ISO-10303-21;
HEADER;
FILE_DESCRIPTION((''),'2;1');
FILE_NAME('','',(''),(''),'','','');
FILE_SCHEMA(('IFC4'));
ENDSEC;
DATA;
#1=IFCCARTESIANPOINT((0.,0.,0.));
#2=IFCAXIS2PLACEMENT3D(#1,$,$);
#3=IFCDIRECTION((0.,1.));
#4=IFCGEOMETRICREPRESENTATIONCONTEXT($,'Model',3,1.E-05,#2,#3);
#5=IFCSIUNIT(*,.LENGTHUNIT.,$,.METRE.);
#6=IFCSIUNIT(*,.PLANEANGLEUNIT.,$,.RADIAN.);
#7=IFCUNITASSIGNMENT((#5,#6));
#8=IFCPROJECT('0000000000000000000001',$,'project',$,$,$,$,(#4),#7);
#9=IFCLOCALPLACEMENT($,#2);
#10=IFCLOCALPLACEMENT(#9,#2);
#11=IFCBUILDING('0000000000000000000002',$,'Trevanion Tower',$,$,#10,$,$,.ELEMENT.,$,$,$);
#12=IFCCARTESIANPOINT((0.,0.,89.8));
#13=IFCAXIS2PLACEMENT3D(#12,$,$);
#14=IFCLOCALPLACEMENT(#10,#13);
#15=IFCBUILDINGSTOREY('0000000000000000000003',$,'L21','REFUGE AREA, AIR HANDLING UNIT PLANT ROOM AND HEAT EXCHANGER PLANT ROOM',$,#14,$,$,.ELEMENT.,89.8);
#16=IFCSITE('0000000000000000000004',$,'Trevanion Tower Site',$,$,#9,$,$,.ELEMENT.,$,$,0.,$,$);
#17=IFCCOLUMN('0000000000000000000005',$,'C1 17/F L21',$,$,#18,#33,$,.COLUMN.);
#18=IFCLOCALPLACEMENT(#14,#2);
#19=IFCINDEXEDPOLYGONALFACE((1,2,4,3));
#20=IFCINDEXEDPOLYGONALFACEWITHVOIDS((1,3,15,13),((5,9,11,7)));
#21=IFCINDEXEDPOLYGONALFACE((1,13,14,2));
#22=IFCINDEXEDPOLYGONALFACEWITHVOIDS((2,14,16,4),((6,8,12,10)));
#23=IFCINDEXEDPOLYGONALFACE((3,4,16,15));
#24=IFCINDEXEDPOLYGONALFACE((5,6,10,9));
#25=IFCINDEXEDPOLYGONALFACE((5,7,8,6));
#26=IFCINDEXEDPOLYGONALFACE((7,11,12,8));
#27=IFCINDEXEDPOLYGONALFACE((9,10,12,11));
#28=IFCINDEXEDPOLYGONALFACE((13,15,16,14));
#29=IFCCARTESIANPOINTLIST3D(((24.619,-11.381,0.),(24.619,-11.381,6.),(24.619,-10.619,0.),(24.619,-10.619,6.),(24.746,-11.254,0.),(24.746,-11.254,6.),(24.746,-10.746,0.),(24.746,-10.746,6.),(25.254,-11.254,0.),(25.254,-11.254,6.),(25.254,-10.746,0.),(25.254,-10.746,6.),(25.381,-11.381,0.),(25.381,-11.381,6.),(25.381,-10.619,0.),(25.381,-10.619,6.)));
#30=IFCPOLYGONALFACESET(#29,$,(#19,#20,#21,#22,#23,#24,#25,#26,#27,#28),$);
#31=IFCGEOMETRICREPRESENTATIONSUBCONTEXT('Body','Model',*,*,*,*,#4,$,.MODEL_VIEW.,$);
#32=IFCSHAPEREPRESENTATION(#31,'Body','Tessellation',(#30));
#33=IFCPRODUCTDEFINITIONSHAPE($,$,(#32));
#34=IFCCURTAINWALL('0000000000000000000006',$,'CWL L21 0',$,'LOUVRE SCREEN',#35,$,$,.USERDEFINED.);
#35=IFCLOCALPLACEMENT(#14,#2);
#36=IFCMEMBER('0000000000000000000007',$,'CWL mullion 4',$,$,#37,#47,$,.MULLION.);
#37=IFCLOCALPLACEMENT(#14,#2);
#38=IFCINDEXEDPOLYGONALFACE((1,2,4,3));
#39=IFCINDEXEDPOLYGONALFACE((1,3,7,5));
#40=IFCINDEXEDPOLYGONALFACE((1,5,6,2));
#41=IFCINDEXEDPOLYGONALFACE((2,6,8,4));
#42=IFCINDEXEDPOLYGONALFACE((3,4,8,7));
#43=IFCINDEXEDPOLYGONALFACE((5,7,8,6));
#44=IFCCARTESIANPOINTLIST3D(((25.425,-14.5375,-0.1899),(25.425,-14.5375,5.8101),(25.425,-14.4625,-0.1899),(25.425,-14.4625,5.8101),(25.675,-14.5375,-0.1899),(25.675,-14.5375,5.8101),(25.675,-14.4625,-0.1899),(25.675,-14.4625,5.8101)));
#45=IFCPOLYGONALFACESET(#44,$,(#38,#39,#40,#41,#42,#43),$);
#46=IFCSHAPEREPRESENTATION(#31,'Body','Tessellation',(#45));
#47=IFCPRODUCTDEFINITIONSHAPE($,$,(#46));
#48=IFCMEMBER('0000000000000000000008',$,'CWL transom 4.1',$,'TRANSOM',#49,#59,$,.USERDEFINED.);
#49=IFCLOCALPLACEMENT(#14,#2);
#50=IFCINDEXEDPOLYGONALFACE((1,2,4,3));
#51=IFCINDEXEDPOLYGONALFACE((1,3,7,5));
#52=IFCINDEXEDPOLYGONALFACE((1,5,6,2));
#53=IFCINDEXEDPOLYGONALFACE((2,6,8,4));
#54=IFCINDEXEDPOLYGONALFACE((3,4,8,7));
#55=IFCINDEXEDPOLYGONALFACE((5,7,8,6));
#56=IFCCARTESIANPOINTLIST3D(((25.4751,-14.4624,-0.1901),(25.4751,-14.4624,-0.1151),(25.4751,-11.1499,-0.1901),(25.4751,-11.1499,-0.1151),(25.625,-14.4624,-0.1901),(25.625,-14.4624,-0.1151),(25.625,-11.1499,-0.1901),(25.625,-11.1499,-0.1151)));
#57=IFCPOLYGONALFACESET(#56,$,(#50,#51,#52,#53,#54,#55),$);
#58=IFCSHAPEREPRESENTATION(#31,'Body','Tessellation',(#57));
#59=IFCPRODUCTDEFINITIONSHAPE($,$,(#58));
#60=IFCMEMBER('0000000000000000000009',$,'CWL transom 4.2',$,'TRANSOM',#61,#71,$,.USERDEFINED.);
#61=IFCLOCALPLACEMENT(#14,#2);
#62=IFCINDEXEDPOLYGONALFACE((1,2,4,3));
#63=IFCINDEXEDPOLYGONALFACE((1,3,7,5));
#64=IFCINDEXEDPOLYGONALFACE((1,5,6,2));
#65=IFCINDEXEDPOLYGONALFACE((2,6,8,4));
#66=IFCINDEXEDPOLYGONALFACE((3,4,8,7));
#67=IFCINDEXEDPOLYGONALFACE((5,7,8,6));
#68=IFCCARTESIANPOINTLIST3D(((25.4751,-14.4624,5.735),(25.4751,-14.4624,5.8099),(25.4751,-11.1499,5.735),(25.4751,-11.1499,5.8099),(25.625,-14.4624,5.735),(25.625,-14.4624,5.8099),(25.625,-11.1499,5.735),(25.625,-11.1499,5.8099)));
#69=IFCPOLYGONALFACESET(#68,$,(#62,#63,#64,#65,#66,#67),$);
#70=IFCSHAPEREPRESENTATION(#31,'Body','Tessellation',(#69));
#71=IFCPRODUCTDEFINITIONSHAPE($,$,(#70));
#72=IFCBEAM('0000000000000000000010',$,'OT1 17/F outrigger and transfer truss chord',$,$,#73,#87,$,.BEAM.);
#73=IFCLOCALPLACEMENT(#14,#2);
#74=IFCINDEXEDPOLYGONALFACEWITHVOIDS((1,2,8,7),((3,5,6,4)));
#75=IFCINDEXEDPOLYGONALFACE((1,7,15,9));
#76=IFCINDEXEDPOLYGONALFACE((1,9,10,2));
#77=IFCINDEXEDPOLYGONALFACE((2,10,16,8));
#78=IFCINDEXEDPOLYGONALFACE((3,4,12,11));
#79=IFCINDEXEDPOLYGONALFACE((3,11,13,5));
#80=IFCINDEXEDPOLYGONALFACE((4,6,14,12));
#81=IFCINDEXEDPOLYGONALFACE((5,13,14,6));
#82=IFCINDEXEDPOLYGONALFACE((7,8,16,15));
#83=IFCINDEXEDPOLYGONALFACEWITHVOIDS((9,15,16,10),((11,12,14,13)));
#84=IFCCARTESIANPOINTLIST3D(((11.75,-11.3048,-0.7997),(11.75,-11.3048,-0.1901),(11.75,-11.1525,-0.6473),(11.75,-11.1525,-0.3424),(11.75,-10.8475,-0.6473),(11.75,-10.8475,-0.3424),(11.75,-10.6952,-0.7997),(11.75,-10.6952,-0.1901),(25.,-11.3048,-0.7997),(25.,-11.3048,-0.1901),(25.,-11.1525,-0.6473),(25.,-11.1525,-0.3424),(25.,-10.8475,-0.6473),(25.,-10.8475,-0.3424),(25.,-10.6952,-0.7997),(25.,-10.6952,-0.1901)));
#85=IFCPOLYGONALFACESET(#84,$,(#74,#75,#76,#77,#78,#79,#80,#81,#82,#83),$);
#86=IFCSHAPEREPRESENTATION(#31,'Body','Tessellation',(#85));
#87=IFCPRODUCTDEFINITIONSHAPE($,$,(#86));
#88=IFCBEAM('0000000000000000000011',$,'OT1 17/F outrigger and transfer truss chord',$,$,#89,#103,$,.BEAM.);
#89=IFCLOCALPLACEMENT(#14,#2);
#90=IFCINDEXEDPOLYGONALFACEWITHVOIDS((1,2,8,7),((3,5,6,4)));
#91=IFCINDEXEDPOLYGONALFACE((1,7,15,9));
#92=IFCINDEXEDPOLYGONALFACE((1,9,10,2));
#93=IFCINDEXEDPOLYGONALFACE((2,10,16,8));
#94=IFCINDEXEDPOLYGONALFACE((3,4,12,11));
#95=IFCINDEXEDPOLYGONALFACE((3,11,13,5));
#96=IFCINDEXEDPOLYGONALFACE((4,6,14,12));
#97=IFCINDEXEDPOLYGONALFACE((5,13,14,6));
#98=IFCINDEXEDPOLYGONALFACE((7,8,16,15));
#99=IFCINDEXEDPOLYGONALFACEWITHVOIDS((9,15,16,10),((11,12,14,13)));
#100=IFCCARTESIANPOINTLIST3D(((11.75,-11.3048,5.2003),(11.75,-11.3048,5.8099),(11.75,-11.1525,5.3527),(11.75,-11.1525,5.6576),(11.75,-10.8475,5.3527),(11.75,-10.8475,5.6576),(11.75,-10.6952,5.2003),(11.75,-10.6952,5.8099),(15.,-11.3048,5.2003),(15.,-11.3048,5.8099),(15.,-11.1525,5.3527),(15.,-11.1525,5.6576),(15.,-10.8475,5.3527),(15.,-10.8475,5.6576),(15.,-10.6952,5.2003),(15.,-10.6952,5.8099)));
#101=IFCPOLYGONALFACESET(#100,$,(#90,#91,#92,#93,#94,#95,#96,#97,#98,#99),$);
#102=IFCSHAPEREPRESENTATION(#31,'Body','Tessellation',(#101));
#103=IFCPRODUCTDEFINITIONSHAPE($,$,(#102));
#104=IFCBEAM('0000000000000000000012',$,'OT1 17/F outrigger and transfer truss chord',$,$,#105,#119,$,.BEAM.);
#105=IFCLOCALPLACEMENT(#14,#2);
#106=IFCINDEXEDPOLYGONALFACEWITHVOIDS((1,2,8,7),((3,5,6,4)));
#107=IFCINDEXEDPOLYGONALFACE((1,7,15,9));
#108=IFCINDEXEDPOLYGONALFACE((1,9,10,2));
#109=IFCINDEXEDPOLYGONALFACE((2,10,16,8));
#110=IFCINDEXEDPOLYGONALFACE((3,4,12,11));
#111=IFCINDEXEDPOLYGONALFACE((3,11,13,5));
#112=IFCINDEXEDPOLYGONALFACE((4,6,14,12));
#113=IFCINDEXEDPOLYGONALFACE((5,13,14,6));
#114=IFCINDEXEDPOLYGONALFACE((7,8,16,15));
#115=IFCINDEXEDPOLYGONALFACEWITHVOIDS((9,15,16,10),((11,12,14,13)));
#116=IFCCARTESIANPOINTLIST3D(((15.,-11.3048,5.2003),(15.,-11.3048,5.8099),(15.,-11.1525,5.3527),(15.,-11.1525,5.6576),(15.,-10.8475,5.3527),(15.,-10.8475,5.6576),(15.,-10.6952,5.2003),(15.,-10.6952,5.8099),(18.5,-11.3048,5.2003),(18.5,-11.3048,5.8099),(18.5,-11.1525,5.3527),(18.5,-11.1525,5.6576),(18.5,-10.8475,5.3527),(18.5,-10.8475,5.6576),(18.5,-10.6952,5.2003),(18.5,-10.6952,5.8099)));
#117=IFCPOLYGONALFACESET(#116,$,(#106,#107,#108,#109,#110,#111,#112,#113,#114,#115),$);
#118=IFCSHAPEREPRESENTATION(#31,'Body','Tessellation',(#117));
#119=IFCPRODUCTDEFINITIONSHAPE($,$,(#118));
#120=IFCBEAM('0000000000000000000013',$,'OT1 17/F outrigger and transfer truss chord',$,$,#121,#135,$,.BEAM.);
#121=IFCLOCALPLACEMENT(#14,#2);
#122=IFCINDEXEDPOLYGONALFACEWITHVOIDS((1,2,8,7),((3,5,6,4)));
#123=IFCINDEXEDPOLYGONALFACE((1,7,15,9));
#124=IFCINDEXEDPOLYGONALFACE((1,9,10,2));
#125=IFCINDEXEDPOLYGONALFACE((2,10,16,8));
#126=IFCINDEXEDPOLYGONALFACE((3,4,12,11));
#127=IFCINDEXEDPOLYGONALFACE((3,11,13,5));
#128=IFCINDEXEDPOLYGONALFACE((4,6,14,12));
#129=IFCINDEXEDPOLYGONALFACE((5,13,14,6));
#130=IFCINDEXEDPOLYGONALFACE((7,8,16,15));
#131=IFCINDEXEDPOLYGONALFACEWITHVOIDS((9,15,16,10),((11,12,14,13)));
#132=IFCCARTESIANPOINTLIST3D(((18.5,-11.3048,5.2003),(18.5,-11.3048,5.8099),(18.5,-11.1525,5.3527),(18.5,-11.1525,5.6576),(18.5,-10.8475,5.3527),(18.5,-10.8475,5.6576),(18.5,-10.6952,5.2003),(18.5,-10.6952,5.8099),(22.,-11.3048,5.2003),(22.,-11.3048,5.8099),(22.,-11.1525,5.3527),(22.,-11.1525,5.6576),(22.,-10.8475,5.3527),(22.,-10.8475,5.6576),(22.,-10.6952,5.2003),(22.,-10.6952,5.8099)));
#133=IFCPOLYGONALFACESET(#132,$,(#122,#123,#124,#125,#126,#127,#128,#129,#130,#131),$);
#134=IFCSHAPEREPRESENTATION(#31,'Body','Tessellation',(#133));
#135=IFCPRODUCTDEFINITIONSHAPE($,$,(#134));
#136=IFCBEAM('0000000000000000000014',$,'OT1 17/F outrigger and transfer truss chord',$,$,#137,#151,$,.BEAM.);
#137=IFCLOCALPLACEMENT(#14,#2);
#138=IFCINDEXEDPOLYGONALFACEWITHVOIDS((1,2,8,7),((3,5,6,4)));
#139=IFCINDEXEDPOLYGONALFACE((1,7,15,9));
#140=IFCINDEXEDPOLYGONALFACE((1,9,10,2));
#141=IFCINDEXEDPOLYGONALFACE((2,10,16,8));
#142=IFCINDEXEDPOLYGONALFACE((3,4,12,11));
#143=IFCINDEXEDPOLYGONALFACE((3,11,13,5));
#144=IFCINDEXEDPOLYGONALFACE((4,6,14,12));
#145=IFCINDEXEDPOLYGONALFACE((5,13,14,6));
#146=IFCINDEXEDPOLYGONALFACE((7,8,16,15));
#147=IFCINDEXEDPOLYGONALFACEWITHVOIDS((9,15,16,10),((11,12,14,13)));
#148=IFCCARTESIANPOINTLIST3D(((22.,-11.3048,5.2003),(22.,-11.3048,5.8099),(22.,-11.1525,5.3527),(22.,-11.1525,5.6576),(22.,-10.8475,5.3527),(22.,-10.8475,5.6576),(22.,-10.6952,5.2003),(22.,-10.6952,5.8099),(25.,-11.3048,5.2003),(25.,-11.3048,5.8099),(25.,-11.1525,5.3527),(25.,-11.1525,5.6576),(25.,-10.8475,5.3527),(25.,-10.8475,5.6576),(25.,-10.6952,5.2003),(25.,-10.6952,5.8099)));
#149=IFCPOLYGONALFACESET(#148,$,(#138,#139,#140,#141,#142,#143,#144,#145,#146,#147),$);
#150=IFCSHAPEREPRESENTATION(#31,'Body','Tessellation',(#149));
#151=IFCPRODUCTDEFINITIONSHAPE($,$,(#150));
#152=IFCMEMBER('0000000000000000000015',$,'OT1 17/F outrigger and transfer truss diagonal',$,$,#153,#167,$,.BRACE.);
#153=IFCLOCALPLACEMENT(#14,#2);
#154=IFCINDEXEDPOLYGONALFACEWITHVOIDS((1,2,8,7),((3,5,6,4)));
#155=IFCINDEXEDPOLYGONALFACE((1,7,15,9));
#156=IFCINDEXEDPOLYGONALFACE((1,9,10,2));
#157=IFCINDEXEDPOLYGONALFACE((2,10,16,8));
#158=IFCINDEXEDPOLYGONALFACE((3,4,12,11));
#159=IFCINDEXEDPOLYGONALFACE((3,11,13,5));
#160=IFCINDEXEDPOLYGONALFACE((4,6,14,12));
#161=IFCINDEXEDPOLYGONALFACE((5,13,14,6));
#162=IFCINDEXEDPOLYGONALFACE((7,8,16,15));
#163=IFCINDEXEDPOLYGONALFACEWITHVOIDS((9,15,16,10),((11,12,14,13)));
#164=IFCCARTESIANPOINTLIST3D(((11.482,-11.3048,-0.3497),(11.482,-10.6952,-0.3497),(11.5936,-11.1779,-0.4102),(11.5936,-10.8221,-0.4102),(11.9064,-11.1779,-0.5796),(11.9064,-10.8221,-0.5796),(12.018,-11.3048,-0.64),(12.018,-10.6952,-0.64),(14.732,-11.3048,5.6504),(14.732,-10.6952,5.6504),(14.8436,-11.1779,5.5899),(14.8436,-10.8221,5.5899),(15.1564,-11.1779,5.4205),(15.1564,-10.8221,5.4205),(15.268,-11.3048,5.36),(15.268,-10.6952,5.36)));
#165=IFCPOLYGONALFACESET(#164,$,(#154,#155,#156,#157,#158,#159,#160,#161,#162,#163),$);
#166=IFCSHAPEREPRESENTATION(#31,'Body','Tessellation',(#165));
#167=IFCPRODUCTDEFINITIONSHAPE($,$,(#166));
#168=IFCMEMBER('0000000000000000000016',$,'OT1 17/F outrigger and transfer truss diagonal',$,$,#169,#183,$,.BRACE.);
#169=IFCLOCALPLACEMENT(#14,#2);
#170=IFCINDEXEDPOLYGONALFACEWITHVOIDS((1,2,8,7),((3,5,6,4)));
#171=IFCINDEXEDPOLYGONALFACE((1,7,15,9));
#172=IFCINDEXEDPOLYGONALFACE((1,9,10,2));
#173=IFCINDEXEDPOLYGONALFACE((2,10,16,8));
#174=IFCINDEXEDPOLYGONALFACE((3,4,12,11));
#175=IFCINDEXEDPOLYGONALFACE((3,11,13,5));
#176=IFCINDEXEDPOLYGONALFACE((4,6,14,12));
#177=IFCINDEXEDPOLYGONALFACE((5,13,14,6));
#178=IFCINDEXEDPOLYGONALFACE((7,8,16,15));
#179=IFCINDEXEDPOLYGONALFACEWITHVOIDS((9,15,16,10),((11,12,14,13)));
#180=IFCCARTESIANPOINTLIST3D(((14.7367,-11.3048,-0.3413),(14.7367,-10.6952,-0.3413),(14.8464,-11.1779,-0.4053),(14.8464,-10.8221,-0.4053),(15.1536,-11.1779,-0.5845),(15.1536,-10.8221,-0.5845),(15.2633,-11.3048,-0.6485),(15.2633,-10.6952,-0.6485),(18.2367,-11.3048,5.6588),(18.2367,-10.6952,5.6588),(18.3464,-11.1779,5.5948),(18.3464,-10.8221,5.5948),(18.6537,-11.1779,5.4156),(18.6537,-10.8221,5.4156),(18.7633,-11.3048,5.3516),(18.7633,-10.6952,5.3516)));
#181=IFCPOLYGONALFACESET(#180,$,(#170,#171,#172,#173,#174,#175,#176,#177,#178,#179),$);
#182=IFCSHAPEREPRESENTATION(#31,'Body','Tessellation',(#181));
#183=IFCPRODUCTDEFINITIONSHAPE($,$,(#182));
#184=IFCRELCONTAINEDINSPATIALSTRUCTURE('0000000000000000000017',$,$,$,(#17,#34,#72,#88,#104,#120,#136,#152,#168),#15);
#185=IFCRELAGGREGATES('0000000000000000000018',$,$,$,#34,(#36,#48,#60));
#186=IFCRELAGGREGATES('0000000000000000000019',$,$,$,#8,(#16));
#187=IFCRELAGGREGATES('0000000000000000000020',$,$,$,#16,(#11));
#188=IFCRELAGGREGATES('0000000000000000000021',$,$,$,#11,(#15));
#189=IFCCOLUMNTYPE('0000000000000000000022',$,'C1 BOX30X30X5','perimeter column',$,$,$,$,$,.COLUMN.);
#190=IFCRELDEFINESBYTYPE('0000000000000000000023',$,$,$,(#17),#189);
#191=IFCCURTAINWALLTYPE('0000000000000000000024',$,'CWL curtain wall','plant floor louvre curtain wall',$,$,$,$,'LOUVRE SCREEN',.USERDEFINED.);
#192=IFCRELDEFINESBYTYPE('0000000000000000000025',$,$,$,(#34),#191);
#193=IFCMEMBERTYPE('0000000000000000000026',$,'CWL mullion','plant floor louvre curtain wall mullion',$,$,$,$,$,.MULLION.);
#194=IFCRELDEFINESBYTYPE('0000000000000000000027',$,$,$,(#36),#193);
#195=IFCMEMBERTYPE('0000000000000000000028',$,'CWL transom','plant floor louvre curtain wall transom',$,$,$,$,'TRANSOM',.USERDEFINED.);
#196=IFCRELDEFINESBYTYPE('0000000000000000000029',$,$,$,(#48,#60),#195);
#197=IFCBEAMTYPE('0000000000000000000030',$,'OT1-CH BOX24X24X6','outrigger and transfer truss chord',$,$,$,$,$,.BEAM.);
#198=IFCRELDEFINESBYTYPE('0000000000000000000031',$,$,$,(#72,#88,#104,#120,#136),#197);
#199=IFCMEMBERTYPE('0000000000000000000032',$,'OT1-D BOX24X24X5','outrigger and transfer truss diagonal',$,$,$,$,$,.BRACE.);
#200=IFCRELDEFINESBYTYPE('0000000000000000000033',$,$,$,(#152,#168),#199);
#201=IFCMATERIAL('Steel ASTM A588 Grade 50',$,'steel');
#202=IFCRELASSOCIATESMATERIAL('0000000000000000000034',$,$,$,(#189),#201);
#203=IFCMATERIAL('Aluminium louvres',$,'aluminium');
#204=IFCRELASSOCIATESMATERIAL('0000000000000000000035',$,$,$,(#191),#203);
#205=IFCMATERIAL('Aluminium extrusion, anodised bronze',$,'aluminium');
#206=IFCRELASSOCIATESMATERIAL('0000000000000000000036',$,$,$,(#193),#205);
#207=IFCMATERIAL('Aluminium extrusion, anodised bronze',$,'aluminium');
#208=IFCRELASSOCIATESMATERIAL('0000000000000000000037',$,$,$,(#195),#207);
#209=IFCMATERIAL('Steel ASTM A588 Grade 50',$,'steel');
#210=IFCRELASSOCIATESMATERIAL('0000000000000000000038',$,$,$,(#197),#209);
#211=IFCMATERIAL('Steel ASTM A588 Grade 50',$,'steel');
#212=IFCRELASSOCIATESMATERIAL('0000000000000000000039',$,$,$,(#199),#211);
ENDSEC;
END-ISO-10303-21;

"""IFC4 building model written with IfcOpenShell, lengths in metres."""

from ifc_helpers import new_model, si_unit, direction, frame, origin, origin_2d, place, context, subcontext, project, spatial, rectangle, hollow_rectangle, extrude, material, material_profile, profile_set, type_object, element, aggregate, save


model = new_model("IFC4")

# Units and contexts
model_context = context("Model", 3, precision=1e-05, world=origin(), true_north=direction((0.0, 1.0)))
body_context = subcontext(model_context, "Body", "Model", "MODEL_VIEW")
ifc_project = project(units=[si_unit("LENGTHUNIT", "METRE"), si_unit("PLANEANGLEUNIT", "RADIAN")], contexts=[model_context])

# Site, building, storey
site_placement = place(None, origin())
site = spatial("IfcSite", under=ifc_project, at=site_placement, Name="Trevanion Tower Site", CompositionType="ELEMENT", RefElevation=0.0)
building_placement = place(site_placement, origin())
building = spatial("IfcBuilding", under=site, at=building_placement, Name="Trevanion Tower", CompositionType="ELEMENT")
storey_placement = place(building_placement, frame((0.0, 0.0, 89.8)))
storey = spatial("IfcBuildingStorey", under=building, at=storey_placement, Name="L21", Description="REFUGE AREA, AIR HANDLING UNIT PLANT ROOM AND HEAT EXCHANGER PLANT ROOM", CompositionType="ELEMENT", Elevation=89.8)

# Column
ifc_material_1 = material(Name="Steel ASTM A588 Grade 50", Category="steel")
ifc_material_profile_1 = material_profile(ifc_material_1, hollow_rectangle(XDim=0.762, YDim=0.762, WallThickness=0.127, at=origin_2d()), Name="BOX30X30X5")
ifc_profile_set_1 = profile_set([ifc_material_profile_1], Name="Steel ASTM A588 Grade 50")
column_type = type_object("IfcColumnType", Name="C1 BOX30X30X5", Description="perimeter column", PredefinedType="COLUMN", material=ifc_profile_set_1)
column_placement = place(storey_placement, frame((25.0, -11.0, 0.0), z_axis=(0.0, 0.0, 1.0), x_axis=(0.0, 1.0, 0.0)))
element("IfcColumn", 1, at=column_placement, inside=storey, type_object=column_type, Name="C1 17/F L21", PredefinedType="COLUMN", context=body_context, shape_type="SweptSolid", body=[
    extrude(hollow_rectangle(XDim=0.762, YDim=0.762, WallThickness=0.127, at=origin_2d()), origin(), (0.0, 0.0, 1.0), 6.0),
])

# Curtain wall, members
ifc_material_2 = material(Name="Aluminium louvres", Category="aluminium")
curtain_wall_type = type_object("IfcCurtainWallType", Name="CWL curtain wall", Description="plant floor louvre curtain wall", ElementType="LOUVRE SCREEN", PredefinedType="USERDEFINED", material=ifc_material_2)
curtain_wall_placement = place(storey_placement, origin())
curtain_wall = element("IfcCurtainWall", 2, at=curtain_wall_placement, inside=storey, type_object=curtain_wall_type, Name="CWL L21 0", ObjectType="LOUVRE SCREEN", PredefinedType="USERDEFINED")
ifc_material_3 = material(Name="Aluminium extrusion, anodised bronze", Category="aluminium")
ifc_material_profile_2 = material_profile(ifc_material_3, rectangle(XDim=0.075, YDim=0.25, at=origin_2d()), Name="CWL mullion")
ifc_profile_set_2 = profile_set([ifc_material_profile_2], Name="Aluminium extrusion, anodised bronze")
member_type_1 = type_object("IfcMemberType", Name="CWL mullion", Description="plant floor louvre curtain wall mullion", PredefinedType="MULLION", material=ifc_profile_set_2)
member_1_placement = place(storey_placement, frame((25.55, -14.5, -0.1899), z_axis=(0.0, 0.0, 1.0), x_axis=(0.0, 1.0, 0.0)))
member_1 = element("IfcMember", 3, at=member_1_placement, type_object=member_type_1, Name="CWL mullion 4", PredefinedType="MULLION", context=body_context, shape_type="SweptSolid", body=[
    extrude(rectangle(XDim=0.075, YDim=0.25, at=origin_2d()), origin(), (0.0, 0.0, 1.0), 6.0),
])
ifc_material_4 = material(Name="Aluminium extrusion, anodised bronze", Category="aluminium")
ifc_material_profile_3 = material_profile(ifc_material_4, rectangle(XDim=0.1499, YDim=0.075, at=origin_2d()), Name="CWL transom")
ifc_profile_set_3 = profile_set([ifc_material_profile_3], Name="Aluminium extrusion, anodised bronze")
member_type_2 = type_object("IfcMemberType", Name="CWL transom", Description="plant floor louvre curtain wall transom", ElementType="TRANSOM", PredefinedType="USERDEFINED", material=ifc_profile_set_3)
member_2_placement = place(storey_placement, frame((25.55, -14.4624, -0.1526), z_axis=(0.0, 1.0, 0.0), x_axis=(-1.0, 0.0, 0.0)))
member_2 = element("IfcMember", 4, at=member_2_placement, type_object=member_type_2, Name="CWL transom 4.1", ObjectType="TRANSOM", PredefinedType="USERDEFINED", context=body_context, shape_type="SweptSolid", body=[
    extrude(rectangle(XDim=0.1499, YDim=0.075, at=origin_2d()), origin(), (0.0, 0.0, 1.0), 3.3125),
])
member_3_placement = place(storey_placement, frame((25.55, -14.4624, 5.7725), z_axis=(0.0, 1.0, 0.0), x_axis=(-1.0, 0.0, 0.0)))
member_3 = element("IfcMember", 5, at=member_3_placement, type_object=member_type_2, Name="CWL transom 4.2", ObjectType="TRANSOM", PredefinedType="USERDEFINED", context=body_context, shape_type="SweptSolid", body=[
    extrude(rectangle(XDim=0.1499, YDim=0.075, at=origin_2d()), origin(), (0.0, 0.0, 1.0), 3.3125),
])

# Beams
ifc_material_5 = material(Name="Steel ASTM A588 Grade 50", Category="steel")
ifc_material_profile_4 = material_profile(ifc_material_5, hollow_rectangle(XDim=0.6096, YDim=0.6096, WallThickness=0.1523, at=origin_2d()), Name="BOX24X24X6")
ifc_profile_set_4 = profile_set([ifc_material_profile_4], Name="Steel ASTM A588 Grade 50")
beam_type = type_object("IfcBeamType", Name="OT1-CH BOX24X24X6", Description="outrigger and transfer truss chord", PredefinedType="BEAM", material=ifc_profile_set_4)
beam_1_placement = place(storey_placement, frame((11.75, -11.0, -0.4949), z_axis=(1.0, 0.0, 0.0), x_axis=(0.0, 1.0, 0.0)))
element("IfcBeam", 6, at=beam_1_placement, inside=storey, type_object=beam_type, Name="OT1 17/F outrigger and transfer truss chord", PredefinedType="BEAM", context=body_context, shape_type="SweptSolid", body=[
    extrude(hollow_rectangle(XDim=0.6096, YDim=0.6096, WallThickness=0.1523, at=origin_2d()), origin(), (0.0, 0.0, 1.0), 13.25),
])
beam_2_placement = place(storey_placement, frame((11.75, -11.0, 5.5051), z_axis=(1.0, 0.0, 0.0), x_axis=(0.0, 1.0, 0.0)))
element("IfcBeam", 7, at=beam_2_placement, inside=storey, type_object=beam_type, Name="OT1 17/F outrigger and transfer truss chord", PredefinedType="BEAM", context=body_context, shape_type="SweptSolid", body=[
    extrude(hollow_rectangle(XDim=0.6096, YDim=0.6096, WallThickness=0.1523, at=origin_2d()), origin(), (0.0, 0.0, 1.0), 3.25),
])
for number, where, z_axis, x_axis, name in (
    (8, (15.0, -11.0, 5.5051), (1.0, 0.0, 0.0), (0.0, 1.0, 0.0), "OT1 17/F outrigger and transfer truss chord"),
    (9, (18.5, -11.0, 5.5051), (1.0, 0.0, 0.0), (0.0, 1.0, 0.0), "OT1 17/F outrigger and transfer truss chord"),
):
    element("IfcBeam", number, at=place(storey_placement, frame(where, z_axis=z_axis, x_axis=x_axis)), inside=storey, type_object=beam_type, Name=name, PredefinedType="BEAM", context=body_context, shape_type="SweptSolid", body=[
        extrude(hollow_rectangle(XDim=0.6096, YDim=0.6096, WallThickness=0.1523, at=origin_2d()), origin(), (0.0, 0.0, 1.0), 3.5),
    ])
beam_3_placement = place(storey_placement, frame((22.0, -11.0, 5.5051), z_axis=(1.0, 0.0, 0.0), x_axis=(0.0, 1.0, 0.0)))
element("IfcBeam", 10, at=beam_3_placement, inside=storey, type_object=beam_type, Name="OT1 17/F outrigger and transfer truss chord", PredefinedType="BEAM", context=body_context, shape_type="SweptSolid", body=[
    extrude(hollow_rectangle(XDim=0.6096, YDim=0.6096, WallThickness=0.1523, at=origin_2d()), origin(), (0.0, 0.0, 1.0), 3.0),
])

# Members
ifc_material_6 = material(Name="Steel ASTM A588 Grade 50", Category="steel")
ifc_material_profile_5 = material_profile(ifc_material_6, hollow_rectangle(XDim=0.6096, YDim=0.6096, WallThickness=0.127, at=origin_2d()), Name="BOX24X24X5")
ifc_profile_set_5 = profile_set([ifc_material_profile_5], Name="Steel ASTM A588 Grade 50")
member_type_3 = type_object("IfcMemberType", Name="OT1-D BOX24X24X5", Description="outrigger and transfer truss diagonal", PredefinedType="BRACE", material=ifc_profile_set_5)
member_4_placement = place(storey_placement, frame((11.75, -11.0, -0.4949), z_axis=(0.476283, 0.0, 0.879292), x_axis=(0.0, 1.0, 0.0)))
element("IfcMember", 11, at=member_4_placement, inside=storey, type_object=member_type_3, Name="OT1 17/F outrigger and transfer truss diagonal", PredefinedType="BRACE", context=body_context, shape_type="SweptSolid", body=[
    extrude(hollow_rectangle(XDim=0.6096, YDim=0.6096, WallThickness=0.127, at=origin_2d()), origin(), (0.0, 0.0, 1.0), 6.8237),
])
for number, where, z_axis, x_axis, name in (
    (12, (15.0, -11.0, -0.4949), (0.503871, 0.0, 0.863779), (0.0, 1.0, 0.0), "OT1 17/F outrigger and transfer truss diagonal"),
):
    element("IfcMember", number, at=place(storey_placement, frame(where, z_axis=z_axis, x_axis=x_axis)), inside=storey, type_object=member_type_3, Name=name, PredefinedType="BRACE", context=body_context, shape_type="SweptSolid", body=[
        extrude(hollow_rectangle(XDim=0.6096, YDim=0.6096, WallThickness=0.127, at=origin_2d()), origin(), (0.0, 0.0, 1.0), 6.9463),
    ])

aggregate(curtain_wall, [member_1, member_2, member_3])

save(model, "model.ifc")
